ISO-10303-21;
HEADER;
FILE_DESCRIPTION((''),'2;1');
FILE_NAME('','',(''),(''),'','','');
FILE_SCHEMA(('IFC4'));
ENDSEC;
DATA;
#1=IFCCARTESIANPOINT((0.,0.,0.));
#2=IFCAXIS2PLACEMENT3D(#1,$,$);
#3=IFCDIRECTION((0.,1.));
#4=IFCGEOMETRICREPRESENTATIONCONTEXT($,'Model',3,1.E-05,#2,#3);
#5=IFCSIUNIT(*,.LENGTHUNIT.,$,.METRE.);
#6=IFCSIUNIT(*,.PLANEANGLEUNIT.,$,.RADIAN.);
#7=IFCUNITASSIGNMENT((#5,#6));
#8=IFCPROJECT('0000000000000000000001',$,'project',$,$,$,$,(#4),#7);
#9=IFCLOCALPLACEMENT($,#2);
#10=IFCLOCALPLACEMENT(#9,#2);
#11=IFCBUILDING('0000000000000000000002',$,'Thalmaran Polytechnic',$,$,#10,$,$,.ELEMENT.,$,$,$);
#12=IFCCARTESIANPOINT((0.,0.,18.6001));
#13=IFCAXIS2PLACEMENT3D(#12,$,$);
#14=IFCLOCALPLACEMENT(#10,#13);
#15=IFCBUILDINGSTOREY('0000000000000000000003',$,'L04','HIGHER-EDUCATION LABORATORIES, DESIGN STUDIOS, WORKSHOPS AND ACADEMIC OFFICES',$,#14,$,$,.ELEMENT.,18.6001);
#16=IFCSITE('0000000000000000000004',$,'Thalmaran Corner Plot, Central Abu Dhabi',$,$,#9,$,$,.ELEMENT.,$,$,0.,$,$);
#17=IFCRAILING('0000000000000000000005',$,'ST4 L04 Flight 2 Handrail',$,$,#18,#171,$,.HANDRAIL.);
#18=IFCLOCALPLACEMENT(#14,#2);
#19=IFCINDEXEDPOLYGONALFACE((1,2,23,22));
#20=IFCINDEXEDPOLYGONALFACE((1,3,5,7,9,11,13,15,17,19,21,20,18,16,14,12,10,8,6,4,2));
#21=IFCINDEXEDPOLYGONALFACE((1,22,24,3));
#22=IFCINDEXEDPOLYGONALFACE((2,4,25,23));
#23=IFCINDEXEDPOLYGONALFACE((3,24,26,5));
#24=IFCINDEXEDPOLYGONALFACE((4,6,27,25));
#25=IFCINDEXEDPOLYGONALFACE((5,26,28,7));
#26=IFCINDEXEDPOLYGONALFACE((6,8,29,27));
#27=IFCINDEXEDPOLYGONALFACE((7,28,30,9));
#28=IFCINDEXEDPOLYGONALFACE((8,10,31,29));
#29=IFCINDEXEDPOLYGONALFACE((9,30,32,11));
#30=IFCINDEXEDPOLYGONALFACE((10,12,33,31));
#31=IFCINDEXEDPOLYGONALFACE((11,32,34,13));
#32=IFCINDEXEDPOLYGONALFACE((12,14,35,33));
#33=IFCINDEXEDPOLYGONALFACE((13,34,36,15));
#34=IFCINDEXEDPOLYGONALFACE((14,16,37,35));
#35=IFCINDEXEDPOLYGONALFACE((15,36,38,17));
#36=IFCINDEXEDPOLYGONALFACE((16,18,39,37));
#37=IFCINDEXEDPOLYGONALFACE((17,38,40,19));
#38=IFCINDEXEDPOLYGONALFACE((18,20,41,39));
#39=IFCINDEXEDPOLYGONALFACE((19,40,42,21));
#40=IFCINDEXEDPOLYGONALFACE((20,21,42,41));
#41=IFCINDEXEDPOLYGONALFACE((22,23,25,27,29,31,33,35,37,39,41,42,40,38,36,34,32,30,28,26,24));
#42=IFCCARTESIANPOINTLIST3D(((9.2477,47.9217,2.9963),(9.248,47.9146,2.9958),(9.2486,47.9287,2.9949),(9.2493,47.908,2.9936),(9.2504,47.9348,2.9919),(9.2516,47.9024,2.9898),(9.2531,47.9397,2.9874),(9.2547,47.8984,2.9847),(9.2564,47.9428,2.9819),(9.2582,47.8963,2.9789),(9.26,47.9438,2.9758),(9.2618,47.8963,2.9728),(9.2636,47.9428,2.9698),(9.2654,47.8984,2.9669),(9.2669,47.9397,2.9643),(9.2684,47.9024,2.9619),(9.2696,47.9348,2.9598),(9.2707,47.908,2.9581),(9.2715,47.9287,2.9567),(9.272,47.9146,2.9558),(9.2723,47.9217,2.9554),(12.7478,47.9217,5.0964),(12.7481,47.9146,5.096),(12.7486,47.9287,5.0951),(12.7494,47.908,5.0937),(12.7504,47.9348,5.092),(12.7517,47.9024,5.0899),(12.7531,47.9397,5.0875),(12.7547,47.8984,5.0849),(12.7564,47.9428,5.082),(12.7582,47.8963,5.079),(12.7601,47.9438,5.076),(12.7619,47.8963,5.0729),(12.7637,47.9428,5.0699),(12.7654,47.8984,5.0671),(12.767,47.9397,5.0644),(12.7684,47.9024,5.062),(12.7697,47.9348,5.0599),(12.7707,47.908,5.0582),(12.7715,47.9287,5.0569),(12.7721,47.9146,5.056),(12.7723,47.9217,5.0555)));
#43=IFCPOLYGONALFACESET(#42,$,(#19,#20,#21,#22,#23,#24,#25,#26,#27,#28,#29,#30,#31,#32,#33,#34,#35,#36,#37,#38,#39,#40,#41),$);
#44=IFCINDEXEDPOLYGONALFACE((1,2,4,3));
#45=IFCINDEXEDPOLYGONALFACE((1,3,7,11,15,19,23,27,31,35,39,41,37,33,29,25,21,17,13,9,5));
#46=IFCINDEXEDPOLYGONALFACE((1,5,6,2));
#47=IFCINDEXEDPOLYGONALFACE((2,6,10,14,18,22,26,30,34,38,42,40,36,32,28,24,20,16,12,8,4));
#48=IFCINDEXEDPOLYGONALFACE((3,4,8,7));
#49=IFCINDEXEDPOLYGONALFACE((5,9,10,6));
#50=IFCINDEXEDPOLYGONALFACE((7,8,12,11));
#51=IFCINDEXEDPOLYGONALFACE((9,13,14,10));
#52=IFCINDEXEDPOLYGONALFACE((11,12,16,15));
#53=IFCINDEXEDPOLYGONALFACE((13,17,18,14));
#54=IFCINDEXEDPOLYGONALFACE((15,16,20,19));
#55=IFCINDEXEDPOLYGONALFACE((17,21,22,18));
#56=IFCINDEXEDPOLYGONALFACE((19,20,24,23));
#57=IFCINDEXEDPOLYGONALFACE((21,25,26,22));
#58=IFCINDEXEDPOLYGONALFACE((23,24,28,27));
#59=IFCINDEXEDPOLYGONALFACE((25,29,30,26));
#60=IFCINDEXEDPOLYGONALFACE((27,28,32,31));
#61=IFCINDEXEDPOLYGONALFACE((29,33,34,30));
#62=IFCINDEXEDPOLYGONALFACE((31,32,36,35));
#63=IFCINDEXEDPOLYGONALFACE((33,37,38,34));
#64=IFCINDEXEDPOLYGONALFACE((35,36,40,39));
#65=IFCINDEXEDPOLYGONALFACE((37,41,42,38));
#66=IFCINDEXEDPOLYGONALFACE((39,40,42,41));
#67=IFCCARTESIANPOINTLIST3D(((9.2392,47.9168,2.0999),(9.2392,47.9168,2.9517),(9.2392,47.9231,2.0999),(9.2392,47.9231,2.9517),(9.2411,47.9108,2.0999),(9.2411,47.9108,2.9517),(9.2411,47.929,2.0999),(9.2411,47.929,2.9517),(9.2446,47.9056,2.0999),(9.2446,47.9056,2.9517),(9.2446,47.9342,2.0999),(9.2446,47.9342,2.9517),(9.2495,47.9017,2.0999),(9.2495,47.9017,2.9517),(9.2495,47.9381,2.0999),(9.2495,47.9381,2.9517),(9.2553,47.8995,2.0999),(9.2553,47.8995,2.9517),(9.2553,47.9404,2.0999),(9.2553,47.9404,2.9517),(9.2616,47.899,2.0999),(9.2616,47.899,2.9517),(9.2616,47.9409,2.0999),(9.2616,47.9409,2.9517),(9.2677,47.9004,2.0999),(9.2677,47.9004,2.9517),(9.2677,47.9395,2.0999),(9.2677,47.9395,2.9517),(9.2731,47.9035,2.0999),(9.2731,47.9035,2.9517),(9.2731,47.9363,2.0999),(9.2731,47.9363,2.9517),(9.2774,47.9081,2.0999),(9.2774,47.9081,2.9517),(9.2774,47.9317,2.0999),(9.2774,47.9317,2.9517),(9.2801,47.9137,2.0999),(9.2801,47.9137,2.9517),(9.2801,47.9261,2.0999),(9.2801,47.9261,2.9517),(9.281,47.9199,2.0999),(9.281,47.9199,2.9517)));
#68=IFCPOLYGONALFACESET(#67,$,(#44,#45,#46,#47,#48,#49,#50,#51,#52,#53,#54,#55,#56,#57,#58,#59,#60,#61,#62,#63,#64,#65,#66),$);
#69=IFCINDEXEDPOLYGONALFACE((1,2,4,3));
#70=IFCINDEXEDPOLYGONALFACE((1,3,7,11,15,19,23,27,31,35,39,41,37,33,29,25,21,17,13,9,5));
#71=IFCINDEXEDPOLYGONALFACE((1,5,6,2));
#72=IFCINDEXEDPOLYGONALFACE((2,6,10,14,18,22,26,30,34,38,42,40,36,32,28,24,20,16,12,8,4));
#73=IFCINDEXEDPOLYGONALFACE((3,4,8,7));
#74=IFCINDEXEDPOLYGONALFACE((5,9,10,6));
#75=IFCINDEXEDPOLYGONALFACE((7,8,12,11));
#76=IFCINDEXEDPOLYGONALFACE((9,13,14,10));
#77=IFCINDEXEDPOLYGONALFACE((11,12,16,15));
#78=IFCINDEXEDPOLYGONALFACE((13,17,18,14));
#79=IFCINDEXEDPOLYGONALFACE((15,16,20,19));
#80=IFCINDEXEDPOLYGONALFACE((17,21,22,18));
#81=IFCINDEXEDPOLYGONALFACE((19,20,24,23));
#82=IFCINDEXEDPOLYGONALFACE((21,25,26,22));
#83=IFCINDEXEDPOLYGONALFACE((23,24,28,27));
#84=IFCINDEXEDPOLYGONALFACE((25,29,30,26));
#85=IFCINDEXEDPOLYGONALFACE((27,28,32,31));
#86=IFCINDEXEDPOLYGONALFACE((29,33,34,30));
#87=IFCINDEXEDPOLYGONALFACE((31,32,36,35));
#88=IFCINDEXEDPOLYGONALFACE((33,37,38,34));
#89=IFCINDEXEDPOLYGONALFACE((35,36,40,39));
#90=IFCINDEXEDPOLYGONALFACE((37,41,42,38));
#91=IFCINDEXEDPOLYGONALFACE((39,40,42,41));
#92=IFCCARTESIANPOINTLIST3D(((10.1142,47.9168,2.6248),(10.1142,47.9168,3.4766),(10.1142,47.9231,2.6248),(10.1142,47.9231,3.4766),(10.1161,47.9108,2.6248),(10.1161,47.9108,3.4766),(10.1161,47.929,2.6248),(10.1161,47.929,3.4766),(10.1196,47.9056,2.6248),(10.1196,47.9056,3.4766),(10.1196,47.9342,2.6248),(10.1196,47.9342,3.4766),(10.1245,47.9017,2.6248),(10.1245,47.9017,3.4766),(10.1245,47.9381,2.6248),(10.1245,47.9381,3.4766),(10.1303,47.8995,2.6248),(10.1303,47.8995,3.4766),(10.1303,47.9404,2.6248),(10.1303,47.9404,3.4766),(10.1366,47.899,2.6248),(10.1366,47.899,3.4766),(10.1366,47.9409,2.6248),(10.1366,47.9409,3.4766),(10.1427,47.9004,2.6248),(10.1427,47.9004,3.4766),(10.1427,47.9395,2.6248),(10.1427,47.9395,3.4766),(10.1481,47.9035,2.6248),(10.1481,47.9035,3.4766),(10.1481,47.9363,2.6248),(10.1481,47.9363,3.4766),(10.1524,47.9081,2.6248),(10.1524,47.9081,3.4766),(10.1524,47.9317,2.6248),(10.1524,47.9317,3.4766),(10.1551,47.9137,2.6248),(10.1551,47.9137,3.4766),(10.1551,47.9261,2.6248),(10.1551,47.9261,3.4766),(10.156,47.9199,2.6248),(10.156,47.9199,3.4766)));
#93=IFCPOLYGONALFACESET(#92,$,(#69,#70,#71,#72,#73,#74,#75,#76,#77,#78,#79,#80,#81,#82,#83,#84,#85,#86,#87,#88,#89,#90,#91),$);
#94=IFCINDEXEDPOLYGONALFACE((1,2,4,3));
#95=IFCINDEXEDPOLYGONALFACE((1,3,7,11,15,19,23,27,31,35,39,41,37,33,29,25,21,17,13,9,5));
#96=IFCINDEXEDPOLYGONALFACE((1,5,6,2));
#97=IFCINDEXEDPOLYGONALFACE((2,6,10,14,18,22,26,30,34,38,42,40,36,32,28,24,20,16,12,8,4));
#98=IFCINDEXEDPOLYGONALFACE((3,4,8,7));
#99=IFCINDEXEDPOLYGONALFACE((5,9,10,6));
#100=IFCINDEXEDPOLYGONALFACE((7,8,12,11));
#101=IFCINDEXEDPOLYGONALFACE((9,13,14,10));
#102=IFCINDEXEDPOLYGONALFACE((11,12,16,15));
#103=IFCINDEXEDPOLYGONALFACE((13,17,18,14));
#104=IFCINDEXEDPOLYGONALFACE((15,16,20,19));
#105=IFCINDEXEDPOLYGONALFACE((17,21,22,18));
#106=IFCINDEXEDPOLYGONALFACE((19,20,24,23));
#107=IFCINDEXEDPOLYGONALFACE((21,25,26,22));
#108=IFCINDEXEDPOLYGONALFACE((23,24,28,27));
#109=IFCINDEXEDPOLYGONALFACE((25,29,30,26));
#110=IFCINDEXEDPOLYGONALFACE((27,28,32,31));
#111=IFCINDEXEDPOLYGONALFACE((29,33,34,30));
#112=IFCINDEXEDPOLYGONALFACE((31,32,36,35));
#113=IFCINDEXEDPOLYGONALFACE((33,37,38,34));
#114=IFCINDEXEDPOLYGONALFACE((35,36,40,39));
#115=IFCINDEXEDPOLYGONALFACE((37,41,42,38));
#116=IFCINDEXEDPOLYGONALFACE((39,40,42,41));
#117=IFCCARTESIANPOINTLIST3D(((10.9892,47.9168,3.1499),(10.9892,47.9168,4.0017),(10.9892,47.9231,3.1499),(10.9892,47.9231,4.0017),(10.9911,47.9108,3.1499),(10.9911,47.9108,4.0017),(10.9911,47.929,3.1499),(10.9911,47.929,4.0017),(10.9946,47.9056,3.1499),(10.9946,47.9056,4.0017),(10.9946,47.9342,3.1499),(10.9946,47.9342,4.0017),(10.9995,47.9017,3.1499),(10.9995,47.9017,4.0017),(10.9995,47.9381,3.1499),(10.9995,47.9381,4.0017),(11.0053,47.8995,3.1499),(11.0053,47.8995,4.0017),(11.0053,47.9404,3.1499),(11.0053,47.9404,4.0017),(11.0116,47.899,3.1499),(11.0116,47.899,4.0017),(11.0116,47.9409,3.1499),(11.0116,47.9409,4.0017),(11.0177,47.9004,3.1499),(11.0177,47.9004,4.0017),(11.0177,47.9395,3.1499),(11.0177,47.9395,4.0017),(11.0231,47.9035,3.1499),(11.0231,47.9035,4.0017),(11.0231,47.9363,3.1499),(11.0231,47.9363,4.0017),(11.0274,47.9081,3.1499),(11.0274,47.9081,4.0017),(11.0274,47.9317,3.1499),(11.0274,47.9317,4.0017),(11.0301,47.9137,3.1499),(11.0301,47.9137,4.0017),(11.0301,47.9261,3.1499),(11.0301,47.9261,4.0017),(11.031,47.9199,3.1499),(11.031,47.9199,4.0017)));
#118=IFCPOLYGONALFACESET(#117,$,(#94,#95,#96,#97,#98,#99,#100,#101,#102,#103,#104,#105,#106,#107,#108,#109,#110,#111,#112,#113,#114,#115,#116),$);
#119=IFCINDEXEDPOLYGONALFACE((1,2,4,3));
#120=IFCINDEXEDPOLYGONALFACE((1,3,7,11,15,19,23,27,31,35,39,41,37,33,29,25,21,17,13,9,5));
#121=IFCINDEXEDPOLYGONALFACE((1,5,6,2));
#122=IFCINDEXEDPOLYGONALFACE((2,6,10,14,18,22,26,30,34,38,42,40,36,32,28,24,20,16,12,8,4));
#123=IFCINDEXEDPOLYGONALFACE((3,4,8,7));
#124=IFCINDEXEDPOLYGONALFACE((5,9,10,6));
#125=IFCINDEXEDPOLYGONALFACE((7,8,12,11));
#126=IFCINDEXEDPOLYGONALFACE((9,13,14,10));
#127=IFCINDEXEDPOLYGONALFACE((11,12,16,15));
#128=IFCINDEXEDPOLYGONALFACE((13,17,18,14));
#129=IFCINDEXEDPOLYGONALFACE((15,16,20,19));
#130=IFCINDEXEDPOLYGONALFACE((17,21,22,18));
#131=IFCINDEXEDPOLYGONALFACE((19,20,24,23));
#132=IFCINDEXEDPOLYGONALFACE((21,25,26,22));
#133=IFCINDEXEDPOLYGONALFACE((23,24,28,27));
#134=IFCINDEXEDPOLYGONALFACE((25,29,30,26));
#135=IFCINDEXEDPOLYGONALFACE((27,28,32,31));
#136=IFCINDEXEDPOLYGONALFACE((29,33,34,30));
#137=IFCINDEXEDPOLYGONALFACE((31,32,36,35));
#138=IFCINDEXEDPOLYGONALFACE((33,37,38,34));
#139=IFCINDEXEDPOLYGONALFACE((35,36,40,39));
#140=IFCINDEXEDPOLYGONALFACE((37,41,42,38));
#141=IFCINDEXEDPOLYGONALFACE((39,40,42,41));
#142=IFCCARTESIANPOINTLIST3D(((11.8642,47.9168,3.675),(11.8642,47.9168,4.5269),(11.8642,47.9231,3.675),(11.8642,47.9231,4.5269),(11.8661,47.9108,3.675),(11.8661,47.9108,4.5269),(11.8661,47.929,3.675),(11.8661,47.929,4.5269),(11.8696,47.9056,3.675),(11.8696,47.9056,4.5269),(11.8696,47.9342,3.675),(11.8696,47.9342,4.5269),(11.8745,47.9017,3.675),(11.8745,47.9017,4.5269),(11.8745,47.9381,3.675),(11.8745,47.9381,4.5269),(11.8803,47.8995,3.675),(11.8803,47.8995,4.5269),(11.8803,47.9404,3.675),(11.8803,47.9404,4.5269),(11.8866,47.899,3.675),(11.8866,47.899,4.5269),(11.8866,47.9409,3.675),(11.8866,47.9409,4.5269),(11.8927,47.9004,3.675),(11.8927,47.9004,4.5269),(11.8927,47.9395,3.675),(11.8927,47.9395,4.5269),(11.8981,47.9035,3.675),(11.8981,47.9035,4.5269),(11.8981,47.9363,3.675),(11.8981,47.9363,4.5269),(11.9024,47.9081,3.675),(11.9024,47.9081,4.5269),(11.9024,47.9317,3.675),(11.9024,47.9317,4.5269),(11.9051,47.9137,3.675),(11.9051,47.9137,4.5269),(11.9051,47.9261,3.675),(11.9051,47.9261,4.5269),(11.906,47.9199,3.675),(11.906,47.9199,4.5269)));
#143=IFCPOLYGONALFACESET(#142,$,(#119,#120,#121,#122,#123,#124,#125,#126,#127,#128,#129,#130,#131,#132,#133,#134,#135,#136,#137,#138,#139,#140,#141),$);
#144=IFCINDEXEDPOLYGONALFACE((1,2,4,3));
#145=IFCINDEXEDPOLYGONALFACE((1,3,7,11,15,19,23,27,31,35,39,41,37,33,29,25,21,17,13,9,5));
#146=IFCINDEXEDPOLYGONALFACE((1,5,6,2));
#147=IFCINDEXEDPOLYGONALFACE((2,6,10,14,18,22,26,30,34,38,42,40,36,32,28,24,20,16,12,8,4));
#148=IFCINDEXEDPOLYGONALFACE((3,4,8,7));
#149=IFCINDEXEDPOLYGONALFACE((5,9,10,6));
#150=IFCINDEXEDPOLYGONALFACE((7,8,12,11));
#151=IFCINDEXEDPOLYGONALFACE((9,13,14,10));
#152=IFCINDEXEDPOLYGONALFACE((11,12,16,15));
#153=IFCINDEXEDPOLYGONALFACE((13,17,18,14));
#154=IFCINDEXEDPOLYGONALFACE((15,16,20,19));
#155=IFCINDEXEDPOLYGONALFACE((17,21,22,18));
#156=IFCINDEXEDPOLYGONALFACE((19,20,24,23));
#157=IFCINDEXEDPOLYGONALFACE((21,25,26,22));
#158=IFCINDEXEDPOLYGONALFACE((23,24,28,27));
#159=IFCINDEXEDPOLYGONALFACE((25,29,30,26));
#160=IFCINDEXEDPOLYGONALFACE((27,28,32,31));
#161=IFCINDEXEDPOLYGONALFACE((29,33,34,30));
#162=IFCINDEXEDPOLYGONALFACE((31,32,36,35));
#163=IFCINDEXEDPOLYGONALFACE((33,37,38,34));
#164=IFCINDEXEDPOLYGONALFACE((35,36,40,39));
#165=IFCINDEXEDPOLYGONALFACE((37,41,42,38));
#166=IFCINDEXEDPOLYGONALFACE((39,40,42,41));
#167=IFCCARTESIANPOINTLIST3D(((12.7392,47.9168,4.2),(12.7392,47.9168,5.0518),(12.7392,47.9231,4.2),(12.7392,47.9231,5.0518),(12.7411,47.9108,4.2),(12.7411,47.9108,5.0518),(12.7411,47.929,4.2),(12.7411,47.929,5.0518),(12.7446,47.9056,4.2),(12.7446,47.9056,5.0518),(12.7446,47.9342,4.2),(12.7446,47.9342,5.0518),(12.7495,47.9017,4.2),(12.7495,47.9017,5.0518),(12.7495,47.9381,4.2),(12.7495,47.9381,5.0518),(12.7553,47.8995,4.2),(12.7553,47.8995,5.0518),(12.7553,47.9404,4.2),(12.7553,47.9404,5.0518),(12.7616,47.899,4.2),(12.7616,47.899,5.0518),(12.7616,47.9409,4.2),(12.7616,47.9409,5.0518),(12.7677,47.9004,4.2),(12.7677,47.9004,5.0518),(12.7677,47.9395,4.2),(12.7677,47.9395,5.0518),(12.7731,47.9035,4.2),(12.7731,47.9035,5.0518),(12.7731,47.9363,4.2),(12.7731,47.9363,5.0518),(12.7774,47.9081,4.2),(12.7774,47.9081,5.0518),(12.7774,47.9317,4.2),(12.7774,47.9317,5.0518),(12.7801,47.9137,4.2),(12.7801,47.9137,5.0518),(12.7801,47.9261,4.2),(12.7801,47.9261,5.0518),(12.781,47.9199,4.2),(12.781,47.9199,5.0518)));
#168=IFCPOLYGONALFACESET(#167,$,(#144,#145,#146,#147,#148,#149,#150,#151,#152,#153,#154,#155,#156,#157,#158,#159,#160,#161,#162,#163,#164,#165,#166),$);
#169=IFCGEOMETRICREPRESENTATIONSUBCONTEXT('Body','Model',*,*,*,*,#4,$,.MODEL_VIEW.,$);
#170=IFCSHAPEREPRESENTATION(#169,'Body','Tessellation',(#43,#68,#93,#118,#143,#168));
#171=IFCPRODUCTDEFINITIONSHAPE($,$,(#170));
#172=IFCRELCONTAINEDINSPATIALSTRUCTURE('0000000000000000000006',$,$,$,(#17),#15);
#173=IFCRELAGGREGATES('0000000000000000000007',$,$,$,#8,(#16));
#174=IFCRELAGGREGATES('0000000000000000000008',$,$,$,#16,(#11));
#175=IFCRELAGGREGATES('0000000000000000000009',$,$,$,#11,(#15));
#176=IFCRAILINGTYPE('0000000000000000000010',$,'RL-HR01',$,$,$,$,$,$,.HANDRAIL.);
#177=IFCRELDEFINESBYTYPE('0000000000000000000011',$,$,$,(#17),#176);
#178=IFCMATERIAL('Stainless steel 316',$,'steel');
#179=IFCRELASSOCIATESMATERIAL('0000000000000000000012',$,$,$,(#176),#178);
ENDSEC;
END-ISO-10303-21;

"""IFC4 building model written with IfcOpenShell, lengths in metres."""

from ifc_helpers import new_model, si_unit, direction, frame, origin, origin_2d, place, context, subcontext, project, spatial, circle, extrude, material, type_object, element, save


model = new_model("IFC4")

# Units and contexts
model_context = context("Model", 3, precision=1e-05, world=origin(), true_north=direction((0.0, 1.0)))
body_context = subcontext(model_context, "Body", "Model", "MODEL_VIEW")
ifc_project = project(units=[si_unit("LENGTHUNIT", "METRE"), si_unit("PLANEANGLEUNIT", "RADIAN")], contexts=[model_context])

# Site, building, storey
site_placement = place(None, origin())
site = spatial("IfcSite", under=ifc_project, at=site_placement, Name="Thalmaran Corner Plot, Central Abu Dhabi", CompositionType="ELEMENT", RefElevation=0.0)
building_placement = place(site_placement, origin())
building = spatial("IfcBuilding", under=site, at=building_placement, Name="Thalmaran Polytechnic", CompositionType="ELEMENT")
storey_placement = place(building_placement, frame((0.0, 0.0, 18.6001)))
storey = spatial("IfcBuildingStorey", under=building, at=storey_placement, Name="L04", Description="HIGHER-EDUCATION LABORATORIES, DESIGN STUDIOS, WORKSHOPS AND ACADEMIC OFFICES", CompositionType="ELEMENT", Elevation=18.6001)

# Railing
ifc_material_1 = material(Name="Stainless steel 316", Category="steel")
railing_type_1 = type_object("IfcRailingType", Name="RL-HR01", PredefinedType="HANDRAIL", material=ifc_material_1)
railing_1_placement = place(storey_placement, frame((9.26, 47.9199, 2.0999)))
element("IfcRailing", 1, at=railing_1_placement, inside=storey, type_object=railing_type_1, Name="ST4 L04 Flight 2 Handrail", PredefinedType="HANDRAIL", context=body_context, shape_type="SweptSolid", body=[
    extrude(circle(Radius=0.0239, at=origin_2d()), frame((0.0, 0.0, 0.876), z_axis=(0.857482, 0.0, 0.514513), x_axis=(0.0, 1.0, 0.0)), (0.0, 0.0, 1.0), 4.0818),
    extrude(circle(Radius=0.021, at=origin_2d()), origin(), (0.0, 0.0, 1.0), 0.8518),
    extrude(circle(Radius=0.021, at=origin_2d()), frame((0.875, 0.0, 0.5249)), (0.0, 0.0, 1.0), 0.8518),
    extrude(circle(Radius=0.021, at=origin_2d()), frame((1.75, 0.0, 1.05)), (0.0, 0.0, 1.0), 0.8518),
    extrude(circle(Radius=0.021, at=origin_2d()), frame((2.625, 0.0, 1.5752)), (0.0, 0.0, 1.0), 0.8518),
    extrude(circle(Radius=0.021, at=origin_2d()), frame((3.5, 0.0, 2.1001)), (0.0, 0.0, 1.0), 0.8518),
])

save(model, "model.ifc")
